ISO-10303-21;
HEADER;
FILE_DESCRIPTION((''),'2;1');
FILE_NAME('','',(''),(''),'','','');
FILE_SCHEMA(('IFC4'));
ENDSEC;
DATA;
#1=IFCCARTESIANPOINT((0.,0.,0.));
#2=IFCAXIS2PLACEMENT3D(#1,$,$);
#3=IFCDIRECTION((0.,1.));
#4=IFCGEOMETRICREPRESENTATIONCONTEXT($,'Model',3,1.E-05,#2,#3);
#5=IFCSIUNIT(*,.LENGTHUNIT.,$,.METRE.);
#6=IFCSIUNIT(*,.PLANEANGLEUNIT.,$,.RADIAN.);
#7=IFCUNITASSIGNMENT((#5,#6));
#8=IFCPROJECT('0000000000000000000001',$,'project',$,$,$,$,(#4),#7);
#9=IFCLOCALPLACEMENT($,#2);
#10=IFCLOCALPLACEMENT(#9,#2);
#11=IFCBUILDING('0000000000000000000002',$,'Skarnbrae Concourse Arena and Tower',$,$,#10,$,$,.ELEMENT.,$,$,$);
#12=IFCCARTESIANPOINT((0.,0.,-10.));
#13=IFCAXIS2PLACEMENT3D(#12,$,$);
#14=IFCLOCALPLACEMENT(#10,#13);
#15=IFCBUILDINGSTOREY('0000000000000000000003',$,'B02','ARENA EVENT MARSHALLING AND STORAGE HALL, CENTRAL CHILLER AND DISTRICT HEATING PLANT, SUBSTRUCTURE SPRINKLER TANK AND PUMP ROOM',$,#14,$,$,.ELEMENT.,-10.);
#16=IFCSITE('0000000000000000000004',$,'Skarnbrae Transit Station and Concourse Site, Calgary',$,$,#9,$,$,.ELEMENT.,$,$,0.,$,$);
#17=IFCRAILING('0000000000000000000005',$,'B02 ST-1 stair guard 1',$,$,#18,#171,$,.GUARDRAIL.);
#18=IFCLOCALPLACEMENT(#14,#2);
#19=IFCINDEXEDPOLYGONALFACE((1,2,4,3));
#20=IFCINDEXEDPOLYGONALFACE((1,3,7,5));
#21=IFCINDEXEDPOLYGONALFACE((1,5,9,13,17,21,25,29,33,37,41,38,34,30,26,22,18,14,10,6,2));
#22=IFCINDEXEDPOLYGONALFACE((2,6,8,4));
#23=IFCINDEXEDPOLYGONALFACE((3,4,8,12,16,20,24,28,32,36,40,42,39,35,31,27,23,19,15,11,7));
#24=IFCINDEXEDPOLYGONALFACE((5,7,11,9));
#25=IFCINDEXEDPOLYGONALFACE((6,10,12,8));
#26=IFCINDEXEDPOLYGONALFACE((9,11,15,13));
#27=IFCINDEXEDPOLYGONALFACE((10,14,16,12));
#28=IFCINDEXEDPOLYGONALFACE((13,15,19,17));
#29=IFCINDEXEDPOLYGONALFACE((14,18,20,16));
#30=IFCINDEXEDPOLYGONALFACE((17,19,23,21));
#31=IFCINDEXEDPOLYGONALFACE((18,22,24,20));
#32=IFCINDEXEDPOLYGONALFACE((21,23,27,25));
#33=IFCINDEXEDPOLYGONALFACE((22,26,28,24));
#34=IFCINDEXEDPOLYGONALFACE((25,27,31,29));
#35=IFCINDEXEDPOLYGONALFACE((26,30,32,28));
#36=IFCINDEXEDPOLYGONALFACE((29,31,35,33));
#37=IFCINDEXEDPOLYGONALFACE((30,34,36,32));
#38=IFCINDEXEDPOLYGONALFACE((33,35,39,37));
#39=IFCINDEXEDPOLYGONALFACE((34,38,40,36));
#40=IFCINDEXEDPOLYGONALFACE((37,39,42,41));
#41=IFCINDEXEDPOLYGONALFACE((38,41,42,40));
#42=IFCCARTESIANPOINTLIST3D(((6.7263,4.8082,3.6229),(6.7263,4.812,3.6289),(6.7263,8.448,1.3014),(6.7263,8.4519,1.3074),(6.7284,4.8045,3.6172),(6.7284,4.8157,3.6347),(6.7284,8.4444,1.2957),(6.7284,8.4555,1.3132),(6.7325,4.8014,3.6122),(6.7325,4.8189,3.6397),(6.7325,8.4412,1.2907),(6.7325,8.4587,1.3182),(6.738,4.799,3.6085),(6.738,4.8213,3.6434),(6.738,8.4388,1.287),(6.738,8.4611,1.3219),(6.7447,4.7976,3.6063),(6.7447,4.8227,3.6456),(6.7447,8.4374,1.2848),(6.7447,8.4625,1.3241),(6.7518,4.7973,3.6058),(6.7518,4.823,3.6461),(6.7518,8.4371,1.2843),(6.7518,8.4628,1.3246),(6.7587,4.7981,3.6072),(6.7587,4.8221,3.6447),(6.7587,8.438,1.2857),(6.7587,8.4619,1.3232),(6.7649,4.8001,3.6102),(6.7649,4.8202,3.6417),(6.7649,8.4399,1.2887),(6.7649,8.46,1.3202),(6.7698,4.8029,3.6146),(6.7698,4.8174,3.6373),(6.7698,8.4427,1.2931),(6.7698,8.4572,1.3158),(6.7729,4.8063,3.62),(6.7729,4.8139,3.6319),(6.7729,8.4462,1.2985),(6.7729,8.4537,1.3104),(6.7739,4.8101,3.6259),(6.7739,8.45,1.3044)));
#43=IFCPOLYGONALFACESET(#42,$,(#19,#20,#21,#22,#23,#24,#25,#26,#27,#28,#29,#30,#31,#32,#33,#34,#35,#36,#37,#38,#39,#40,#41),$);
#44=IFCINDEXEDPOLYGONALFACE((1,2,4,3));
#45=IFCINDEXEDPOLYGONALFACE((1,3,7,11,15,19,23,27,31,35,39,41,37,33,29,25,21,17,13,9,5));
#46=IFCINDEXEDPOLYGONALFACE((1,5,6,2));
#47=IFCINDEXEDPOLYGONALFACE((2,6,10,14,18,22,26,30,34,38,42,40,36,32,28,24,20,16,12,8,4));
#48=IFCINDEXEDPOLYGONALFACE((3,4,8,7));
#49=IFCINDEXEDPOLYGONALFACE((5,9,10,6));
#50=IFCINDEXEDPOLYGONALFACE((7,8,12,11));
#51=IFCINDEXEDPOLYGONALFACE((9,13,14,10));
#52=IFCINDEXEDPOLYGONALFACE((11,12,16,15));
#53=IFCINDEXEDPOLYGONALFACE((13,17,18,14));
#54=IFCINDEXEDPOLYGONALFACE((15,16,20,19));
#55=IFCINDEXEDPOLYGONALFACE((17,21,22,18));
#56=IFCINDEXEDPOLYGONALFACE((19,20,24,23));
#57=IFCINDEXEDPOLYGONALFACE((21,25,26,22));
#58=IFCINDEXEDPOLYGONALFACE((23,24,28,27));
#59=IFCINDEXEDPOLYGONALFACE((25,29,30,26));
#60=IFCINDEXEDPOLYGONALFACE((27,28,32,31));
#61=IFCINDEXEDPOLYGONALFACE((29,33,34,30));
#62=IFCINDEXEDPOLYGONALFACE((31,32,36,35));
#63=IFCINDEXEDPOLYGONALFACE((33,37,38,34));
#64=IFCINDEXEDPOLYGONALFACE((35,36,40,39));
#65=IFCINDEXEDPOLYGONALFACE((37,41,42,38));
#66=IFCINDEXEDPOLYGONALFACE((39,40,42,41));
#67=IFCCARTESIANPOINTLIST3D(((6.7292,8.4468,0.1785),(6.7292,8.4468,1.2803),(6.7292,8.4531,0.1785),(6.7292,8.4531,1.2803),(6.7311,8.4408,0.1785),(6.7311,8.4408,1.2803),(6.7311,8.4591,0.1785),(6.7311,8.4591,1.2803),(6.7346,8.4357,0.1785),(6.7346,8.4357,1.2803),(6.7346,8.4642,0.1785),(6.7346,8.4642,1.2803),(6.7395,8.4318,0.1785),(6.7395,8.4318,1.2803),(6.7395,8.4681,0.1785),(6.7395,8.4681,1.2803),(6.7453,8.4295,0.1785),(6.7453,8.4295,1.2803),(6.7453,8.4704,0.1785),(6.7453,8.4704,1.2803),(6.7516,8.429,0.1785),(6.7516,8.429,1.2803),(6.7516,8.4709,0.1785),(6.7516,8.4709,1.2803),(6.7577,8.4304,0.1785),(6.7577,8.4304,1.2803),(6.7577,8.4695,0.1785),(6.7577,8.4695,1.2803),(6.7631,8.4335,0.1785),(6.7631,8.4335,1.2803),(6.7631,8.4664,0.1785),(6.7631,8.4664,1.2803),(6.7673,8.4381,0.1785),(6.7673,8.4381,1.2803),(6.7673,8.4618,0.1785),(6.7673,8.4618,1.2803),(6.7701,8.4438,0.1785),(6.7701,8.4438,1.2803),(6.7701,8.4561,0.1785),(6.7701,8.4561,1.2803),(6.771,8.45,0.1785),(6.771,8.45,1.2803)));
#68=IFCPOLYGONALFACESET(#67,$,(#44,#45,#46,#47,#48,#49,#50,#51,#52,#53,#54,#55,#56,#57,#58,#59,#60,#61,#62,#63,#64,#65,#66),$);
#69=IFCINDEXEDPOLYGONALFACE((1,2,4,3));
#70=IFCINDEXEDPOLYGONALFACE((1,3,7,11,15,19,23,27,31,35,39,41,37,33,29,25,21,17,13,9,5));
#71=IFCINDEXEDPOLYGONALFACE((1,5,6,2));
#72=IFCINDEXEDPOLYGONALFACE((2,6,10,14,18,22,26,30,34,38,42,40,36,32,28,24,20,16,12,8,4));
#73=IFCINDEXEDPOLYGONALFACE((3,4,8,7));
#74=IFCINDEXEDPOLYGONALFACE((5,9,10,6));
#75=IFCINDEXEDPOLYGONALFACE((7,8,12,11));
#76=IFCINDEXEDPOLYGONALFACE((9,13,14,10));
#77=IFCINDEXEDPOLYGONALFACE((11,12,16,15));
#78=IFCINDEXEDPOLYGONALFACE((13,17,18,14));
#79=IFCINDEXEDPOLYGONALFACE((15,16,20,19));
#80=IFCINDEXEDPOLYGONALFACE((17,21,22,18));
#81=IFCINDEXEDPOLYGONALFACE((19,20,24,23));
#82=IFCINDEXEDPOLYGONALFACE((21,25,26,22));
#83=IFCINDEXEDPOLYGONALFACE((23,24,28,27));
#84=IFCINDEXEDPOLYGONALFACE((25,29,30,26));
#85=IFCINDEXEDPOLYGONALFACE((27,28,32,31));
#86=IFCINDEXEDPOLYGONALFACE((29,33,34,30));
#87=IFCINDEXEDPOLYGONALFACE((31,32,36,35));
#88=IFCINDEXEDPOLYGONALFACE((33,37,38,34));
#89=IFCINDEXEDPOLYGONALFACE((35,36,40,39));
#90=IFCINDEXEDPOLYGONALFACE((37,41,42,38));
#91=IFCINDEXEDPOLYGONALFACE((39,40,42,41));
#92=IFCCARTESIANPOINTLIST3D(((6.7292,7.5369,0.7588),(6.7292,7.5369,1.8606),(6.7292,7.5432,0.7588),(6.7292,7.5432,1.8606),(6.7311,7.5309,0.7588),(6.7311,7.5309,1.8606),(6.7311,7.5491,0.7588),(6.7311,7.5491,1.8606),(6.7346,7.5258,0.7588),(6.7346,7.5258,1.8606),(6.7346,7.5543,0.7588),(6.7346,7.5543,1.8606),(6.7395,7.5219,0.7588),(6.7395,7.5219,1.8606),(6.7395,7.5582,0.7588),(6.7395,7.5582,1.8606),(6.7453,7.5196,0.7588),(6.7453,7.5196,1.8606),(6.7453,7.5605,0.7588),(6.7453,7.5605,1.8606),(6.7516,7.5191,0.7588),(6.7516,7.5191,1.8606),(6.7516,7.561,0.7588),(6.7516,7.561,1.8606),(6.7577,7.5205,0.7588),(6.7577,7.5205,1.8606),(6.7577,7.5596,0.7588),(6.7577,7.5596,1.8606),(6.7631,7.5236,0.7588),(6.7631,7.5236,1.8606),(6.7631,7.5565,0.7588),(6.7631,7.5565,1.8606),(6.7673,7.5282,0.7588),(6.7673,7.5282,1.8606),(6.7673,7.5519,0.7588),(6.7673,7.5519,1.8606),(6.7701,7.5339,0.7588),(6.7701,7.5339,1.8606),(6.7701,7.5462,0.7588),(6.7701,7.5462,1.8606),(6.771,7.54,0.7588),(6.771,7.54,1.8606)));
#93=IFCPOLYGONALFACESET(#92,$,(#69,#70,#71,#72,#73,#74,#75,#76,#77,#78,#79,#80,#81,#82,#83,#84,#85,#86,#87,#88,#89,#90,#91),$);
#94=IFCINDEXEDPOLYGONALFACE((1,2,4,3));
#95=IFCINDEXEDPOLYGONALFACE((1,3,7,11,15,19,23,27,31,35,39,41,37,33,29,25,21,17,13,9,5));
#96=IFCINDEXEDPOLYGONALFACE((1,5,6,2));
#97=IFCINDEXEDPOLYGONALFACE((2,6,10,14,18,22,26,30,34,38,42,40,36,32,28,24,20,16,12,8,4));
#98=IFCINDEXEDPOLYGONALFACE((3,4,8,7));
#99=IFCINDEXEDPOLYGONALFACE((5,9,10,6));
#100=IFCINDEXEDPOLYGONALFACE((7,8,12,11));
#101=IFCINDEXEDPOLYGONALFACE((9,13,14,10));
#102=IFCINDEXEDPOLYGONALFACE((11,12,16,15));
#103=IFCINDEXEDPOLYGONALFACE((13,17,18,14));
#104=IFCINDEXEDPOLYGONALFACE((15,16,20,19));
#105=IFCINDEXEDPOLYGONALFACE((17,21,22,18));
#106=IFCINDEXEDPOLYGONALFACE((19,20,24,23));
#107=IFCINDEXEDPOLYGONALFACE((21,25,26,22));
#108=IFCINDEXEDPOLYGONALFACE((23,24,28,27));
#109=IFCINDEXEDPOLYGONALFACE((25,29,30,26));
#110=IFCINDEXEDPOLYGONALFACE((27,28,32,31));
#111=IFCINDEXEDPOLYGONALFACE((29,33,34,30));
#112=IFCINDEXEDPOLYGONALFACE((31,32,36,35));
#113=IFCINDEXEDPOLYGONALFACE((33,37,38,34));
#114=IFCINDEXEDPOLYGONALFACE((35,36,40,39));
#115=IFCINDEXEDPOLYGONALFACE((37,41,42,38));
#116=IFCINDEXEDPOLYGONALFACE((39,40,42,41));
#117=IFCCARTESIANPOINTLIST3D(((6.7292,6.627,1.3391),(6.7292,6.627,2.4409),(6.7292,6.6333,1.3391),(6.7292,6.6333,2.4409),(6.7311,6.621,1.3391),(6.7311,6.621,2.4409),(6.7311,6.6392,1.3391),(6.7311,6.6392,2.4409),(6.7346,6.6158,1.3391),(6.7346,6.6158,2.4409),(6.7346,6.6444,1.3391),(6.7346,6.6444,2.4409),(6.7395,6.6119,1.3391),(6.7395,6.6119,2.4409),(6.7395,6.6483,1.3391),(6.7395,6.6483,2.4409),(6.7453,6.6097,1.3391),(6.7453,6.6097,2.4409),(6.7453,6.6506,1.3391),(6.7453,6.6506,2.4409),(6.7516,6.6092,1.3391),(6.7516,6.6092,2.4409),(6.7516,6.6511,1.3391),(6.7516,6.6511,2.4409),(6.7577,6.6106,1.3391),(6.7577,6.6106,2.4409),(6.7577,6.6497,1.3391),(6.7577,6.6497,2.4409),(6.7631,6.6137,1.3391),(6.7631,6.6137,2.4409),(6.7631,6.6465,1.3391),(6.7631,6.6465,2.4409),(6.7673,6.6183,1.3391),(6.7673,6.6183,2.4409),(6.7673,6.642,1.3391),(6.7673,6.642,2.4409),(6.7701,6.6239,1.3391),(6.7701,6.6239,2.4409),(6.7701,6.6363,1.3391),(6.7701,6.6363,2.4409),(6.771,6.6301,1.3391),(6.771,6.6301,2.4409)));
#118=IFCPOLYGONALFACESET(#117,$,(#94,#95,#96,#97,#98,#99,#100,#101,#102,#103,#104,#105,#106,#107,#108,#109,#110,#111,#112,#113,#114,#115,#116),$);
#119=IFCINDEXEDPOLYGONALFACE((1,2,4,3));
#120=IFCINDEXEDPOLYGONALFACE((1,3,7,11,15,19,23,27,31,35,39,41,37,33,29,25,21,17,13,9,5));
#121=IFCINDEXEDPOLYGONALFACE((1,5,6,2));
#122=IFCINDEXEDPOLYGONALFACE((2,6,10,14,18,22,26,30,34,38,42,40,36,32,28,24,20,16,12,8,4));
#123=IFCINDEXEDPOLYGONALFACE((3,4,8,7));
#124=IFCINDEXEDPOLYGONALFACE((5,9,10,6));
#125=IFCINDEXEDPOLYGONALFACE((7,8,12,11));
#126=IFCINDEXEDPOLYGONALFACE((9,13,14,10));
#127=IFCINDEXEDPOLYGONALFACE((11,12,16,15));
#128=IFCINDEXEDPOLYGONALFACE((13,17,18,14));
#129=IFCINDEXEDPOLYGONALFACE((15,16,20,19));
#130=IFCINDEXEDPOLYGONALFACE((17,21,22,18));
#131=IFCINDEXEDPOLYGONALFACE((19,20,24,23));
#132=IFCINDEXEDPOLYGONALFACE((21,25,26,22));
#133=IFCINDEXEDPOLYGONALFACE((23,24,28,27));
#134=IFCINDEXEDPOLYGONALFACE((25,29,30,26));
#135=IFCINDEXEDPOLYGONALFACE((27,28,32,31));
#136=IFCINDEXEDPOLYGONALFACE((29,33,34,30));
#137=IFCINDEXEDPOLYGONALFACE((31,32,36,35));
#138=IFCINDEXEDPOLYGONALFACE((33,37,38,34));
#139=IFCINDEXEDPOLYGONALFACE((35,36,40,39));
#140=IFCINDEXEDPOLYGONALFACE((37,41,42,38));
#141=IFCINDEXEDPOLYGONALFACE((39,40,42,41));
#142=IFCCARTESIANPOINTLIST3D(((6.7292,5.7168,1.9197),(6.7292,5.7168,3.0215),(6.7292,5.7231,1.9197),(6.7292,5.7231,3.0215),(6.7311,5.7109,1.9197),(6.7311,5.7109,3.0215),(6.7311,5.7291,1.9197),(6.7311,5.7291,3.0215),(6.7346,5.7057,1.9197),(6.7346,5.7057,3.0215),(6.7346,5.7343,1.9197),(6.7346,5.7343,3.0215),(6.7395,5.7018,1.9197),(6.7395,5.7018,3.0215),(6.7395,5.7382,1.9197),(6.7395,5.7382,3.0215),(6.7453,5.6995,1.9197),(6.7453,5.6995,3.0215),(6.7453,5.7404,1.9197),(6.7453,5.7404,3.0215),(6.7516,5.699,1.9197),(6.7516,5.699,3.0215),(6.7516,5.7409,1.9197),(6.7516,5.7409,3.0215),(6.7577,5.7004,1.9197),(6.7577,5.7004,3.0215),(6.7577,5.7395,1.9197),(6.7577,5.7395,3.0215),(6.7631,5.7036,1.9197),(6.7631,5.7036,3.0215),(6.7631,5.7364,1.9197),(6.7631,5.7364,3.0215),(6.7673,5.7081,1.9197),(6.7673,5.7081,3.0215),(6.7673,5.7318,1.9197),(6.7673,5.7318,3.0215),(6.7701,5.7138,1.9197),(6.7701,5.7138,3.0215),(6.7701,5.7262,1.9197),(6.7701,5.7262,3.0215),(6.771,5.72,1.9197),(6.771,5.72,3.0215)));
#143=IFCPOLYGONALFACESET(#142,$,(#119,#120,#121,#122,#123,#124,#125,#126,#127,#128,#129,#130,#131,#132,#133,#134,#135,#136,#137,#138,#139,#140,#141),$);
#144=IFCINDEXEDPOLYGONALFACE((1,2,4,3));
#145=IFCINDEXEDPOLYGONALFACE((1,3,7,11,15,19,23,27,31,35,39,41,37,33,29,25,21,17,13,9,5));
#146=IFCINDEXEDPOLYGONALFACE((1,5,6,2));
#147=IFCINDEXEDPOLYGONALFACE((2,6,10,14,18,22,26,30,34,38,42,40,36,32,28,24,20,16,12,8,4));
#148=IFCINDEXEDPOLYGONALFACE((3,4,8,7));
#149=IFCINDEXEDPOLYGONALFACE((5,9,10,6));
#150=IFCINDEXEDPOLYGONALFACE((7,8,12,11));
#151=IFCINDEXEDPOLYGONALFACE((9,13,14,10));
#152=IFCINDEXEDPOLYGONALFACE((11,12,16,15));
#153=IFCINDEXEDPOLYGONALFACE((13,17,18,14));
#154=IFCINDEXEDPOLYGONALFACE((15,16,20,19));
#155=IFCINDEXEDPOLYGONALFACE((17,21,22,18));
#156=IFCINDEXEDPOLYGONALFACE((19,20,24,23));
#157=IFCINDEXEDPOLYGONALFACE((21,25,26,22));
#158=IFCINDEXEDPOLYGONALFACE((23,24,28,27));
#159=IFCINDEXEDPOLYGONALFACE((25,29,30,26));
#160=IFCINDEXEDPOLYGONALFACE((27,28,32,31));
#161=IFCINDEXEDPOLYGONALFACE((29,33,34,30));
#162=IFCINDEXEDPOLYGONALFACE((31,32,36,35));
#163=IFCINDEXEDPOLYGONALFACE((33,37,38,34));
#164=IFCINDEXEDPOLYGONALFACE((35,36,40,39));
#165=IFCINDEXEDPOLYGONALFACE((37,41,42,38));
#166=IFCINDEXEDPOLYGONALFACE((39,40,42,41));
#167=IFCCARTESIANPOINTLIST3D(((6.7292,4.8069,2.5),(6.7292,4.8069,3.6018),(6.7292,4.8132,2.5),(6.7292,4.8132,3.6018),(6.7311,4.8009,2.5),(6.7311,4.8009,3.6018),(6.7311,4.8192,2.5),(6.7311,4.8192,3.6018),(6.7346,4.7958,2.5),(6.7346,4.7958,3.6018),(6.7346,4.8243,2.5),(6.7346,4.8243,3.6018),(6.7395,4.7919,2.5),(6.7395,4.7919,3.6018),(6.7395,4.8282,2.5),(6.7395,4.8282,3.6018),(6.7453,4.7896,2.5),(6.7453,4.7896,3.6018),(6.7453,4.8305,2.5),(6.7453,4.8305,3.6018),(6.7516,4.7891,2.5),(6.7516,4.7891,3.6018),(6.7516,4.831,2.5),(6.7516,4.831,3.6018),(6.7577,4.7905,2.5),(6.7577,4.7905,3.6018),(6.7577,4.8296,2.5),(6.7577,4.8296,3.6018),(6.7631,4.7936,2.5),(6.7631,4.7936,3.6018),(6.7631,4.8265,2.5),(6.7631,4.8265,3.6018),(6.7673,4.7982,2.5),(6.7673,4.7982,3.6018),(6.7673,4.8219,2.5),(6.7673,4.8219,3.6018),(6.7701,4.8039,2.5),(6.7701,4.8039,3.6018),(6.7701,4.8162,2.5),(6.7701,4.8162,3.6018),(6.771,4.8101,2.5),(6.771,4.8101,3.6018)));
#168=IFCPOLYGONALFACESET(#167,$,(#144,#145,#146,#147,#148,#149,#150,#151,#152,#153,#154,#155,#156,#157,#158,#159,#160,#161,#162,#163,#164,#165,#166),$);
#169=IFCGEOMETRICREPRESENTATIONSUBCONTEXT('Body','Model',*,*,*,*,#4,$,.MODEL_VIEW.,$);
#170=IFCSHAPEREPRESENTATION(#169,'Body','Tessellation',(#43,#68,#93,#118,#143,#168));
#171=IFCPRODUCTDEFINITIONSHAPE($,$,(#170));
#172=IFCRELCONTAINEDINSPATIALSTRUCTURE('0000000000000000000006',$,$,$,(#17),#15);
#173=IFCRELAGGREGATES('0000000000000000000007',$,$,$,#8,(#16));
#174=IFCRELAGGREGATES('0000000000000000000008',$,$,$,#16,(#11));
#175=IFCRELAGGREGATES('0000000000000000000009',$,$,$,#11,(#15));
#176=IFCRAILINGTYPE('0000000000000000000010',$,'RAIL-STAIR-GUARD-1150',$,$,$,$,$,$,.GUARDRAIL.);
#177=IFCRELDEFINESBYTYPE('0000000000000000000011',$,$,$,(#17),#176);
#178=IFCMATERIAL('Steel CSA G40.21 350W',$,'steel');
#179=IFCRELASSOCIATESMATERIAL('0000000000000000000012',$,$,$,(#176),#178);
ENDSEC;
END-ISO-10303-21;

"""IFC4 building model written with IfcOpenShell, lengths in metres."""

from ifc_helpers import new_model, si_unit, direction, frame, origin, origin_2d, place, context, subcontext, project, spatial, circle, extrude, material, type_object, element, save


model = new_model("IFC4")

# Units and contexts
model_context = context("Model", 3, precision=1e-05, world=origin(), true_north=direction((0.0, 1.0)))
body_context = subcontext(model_context, "Body", "Model", "MODEL_VIEW")
ifc_project = project(units=[si_unit("LENGTHUNIT", "METRE"), si_unit("PLANEANGLEUNIT", "RADIAN")], contexts=[model_context])

# Site, building, storey
site_placement = place(None, origin())
site = spatial("IfcSite", under=ifc_project, at=site_placement, Name="Skarnbrae Transit Station and Concourse Site, Calgary", CompositionType="ELEMENT", RefElevation=0.0)
building_placement = place(site_placement, origin())
building = spatial("IfcBuilding", under=site, at=building_placement, Name="Skarnbrae Concourse Arena and Tower", CompositionType="ELEMENT")
storey_placement = place(building_placement, frame((0.0, 0.0, -10.0)))
storey = spatial("IfcBuildingStorey", under=building, at=storey_placement, Name="B02", Description="ARENA EVENT MARSHALLING AND STORAGE HALL, CENTRAL CHILLER AND DISTRICT HEATING PLANT, SUBSTRUCTURE SPRINKLER TANK AND PUMP ROOM", CompositionType="ELEMENT", Elevation=-10.0)

# Shared definitions
ifc_material_1 = material(Name="Steel CSA G40.21 350W", Category="steel")

# Railing
railing_type_1 = type_object("IfcRailingType", Name="RAIL-STAIR-GUARD-1150", PredefinedType="GUARDRAIL", material=ifc_material_1)
railing_1_placement = place(storey_placement, frame((6.75, 8.45, 0.1785)))
element("IfcRailing", 1, at=railing_1_placement, inside=storey, type_object=railing_type_1, Name="B02 ST-1 stair guard 1", PredefinedType="GUARDRAIL", context=body_context, shape_type="SweptSolid", body=[
    extrude(circle(Radius=0.0239, at=origin_2d()), frame((0.0, 0.0, 1.126), z_axis=(0.0, -0.843112, 0.537739), x_axis=(1.0, 0.0, 0.0)), (0.0, 0.0, 1.0), 4.3171),
    extrude(circle(Radius=0.021, at=origin_2d()), origin(), (0.0, 0.0, 1.0), 1.1018),
    extrude(circle(Radius=0.021, at=origin_2d()), frame((0.0, -0.9099, 0.5803)), (0.0, 0.0, 1.0), 1.1018),
    extrude(circle(Radius=0.021, at=origin_2d()), frame((0.0, -1.8198, 1.1606)), (0.0, 0.0, 1.0), 1.1018),
    extrude(circle(Radius=0.021, at=origin_2d()), frame((0.0, -2.73, 1.7412)), (0.0, 0.0, 1.0), 1.1018),
    extrude(circle(Radius=0.021, at=origin_2d()), frame((0.0, -3.6399, 2.3215)), (0.0, 0.0, 1.0), 1.1018),
])

save(model, "model.ifc")
